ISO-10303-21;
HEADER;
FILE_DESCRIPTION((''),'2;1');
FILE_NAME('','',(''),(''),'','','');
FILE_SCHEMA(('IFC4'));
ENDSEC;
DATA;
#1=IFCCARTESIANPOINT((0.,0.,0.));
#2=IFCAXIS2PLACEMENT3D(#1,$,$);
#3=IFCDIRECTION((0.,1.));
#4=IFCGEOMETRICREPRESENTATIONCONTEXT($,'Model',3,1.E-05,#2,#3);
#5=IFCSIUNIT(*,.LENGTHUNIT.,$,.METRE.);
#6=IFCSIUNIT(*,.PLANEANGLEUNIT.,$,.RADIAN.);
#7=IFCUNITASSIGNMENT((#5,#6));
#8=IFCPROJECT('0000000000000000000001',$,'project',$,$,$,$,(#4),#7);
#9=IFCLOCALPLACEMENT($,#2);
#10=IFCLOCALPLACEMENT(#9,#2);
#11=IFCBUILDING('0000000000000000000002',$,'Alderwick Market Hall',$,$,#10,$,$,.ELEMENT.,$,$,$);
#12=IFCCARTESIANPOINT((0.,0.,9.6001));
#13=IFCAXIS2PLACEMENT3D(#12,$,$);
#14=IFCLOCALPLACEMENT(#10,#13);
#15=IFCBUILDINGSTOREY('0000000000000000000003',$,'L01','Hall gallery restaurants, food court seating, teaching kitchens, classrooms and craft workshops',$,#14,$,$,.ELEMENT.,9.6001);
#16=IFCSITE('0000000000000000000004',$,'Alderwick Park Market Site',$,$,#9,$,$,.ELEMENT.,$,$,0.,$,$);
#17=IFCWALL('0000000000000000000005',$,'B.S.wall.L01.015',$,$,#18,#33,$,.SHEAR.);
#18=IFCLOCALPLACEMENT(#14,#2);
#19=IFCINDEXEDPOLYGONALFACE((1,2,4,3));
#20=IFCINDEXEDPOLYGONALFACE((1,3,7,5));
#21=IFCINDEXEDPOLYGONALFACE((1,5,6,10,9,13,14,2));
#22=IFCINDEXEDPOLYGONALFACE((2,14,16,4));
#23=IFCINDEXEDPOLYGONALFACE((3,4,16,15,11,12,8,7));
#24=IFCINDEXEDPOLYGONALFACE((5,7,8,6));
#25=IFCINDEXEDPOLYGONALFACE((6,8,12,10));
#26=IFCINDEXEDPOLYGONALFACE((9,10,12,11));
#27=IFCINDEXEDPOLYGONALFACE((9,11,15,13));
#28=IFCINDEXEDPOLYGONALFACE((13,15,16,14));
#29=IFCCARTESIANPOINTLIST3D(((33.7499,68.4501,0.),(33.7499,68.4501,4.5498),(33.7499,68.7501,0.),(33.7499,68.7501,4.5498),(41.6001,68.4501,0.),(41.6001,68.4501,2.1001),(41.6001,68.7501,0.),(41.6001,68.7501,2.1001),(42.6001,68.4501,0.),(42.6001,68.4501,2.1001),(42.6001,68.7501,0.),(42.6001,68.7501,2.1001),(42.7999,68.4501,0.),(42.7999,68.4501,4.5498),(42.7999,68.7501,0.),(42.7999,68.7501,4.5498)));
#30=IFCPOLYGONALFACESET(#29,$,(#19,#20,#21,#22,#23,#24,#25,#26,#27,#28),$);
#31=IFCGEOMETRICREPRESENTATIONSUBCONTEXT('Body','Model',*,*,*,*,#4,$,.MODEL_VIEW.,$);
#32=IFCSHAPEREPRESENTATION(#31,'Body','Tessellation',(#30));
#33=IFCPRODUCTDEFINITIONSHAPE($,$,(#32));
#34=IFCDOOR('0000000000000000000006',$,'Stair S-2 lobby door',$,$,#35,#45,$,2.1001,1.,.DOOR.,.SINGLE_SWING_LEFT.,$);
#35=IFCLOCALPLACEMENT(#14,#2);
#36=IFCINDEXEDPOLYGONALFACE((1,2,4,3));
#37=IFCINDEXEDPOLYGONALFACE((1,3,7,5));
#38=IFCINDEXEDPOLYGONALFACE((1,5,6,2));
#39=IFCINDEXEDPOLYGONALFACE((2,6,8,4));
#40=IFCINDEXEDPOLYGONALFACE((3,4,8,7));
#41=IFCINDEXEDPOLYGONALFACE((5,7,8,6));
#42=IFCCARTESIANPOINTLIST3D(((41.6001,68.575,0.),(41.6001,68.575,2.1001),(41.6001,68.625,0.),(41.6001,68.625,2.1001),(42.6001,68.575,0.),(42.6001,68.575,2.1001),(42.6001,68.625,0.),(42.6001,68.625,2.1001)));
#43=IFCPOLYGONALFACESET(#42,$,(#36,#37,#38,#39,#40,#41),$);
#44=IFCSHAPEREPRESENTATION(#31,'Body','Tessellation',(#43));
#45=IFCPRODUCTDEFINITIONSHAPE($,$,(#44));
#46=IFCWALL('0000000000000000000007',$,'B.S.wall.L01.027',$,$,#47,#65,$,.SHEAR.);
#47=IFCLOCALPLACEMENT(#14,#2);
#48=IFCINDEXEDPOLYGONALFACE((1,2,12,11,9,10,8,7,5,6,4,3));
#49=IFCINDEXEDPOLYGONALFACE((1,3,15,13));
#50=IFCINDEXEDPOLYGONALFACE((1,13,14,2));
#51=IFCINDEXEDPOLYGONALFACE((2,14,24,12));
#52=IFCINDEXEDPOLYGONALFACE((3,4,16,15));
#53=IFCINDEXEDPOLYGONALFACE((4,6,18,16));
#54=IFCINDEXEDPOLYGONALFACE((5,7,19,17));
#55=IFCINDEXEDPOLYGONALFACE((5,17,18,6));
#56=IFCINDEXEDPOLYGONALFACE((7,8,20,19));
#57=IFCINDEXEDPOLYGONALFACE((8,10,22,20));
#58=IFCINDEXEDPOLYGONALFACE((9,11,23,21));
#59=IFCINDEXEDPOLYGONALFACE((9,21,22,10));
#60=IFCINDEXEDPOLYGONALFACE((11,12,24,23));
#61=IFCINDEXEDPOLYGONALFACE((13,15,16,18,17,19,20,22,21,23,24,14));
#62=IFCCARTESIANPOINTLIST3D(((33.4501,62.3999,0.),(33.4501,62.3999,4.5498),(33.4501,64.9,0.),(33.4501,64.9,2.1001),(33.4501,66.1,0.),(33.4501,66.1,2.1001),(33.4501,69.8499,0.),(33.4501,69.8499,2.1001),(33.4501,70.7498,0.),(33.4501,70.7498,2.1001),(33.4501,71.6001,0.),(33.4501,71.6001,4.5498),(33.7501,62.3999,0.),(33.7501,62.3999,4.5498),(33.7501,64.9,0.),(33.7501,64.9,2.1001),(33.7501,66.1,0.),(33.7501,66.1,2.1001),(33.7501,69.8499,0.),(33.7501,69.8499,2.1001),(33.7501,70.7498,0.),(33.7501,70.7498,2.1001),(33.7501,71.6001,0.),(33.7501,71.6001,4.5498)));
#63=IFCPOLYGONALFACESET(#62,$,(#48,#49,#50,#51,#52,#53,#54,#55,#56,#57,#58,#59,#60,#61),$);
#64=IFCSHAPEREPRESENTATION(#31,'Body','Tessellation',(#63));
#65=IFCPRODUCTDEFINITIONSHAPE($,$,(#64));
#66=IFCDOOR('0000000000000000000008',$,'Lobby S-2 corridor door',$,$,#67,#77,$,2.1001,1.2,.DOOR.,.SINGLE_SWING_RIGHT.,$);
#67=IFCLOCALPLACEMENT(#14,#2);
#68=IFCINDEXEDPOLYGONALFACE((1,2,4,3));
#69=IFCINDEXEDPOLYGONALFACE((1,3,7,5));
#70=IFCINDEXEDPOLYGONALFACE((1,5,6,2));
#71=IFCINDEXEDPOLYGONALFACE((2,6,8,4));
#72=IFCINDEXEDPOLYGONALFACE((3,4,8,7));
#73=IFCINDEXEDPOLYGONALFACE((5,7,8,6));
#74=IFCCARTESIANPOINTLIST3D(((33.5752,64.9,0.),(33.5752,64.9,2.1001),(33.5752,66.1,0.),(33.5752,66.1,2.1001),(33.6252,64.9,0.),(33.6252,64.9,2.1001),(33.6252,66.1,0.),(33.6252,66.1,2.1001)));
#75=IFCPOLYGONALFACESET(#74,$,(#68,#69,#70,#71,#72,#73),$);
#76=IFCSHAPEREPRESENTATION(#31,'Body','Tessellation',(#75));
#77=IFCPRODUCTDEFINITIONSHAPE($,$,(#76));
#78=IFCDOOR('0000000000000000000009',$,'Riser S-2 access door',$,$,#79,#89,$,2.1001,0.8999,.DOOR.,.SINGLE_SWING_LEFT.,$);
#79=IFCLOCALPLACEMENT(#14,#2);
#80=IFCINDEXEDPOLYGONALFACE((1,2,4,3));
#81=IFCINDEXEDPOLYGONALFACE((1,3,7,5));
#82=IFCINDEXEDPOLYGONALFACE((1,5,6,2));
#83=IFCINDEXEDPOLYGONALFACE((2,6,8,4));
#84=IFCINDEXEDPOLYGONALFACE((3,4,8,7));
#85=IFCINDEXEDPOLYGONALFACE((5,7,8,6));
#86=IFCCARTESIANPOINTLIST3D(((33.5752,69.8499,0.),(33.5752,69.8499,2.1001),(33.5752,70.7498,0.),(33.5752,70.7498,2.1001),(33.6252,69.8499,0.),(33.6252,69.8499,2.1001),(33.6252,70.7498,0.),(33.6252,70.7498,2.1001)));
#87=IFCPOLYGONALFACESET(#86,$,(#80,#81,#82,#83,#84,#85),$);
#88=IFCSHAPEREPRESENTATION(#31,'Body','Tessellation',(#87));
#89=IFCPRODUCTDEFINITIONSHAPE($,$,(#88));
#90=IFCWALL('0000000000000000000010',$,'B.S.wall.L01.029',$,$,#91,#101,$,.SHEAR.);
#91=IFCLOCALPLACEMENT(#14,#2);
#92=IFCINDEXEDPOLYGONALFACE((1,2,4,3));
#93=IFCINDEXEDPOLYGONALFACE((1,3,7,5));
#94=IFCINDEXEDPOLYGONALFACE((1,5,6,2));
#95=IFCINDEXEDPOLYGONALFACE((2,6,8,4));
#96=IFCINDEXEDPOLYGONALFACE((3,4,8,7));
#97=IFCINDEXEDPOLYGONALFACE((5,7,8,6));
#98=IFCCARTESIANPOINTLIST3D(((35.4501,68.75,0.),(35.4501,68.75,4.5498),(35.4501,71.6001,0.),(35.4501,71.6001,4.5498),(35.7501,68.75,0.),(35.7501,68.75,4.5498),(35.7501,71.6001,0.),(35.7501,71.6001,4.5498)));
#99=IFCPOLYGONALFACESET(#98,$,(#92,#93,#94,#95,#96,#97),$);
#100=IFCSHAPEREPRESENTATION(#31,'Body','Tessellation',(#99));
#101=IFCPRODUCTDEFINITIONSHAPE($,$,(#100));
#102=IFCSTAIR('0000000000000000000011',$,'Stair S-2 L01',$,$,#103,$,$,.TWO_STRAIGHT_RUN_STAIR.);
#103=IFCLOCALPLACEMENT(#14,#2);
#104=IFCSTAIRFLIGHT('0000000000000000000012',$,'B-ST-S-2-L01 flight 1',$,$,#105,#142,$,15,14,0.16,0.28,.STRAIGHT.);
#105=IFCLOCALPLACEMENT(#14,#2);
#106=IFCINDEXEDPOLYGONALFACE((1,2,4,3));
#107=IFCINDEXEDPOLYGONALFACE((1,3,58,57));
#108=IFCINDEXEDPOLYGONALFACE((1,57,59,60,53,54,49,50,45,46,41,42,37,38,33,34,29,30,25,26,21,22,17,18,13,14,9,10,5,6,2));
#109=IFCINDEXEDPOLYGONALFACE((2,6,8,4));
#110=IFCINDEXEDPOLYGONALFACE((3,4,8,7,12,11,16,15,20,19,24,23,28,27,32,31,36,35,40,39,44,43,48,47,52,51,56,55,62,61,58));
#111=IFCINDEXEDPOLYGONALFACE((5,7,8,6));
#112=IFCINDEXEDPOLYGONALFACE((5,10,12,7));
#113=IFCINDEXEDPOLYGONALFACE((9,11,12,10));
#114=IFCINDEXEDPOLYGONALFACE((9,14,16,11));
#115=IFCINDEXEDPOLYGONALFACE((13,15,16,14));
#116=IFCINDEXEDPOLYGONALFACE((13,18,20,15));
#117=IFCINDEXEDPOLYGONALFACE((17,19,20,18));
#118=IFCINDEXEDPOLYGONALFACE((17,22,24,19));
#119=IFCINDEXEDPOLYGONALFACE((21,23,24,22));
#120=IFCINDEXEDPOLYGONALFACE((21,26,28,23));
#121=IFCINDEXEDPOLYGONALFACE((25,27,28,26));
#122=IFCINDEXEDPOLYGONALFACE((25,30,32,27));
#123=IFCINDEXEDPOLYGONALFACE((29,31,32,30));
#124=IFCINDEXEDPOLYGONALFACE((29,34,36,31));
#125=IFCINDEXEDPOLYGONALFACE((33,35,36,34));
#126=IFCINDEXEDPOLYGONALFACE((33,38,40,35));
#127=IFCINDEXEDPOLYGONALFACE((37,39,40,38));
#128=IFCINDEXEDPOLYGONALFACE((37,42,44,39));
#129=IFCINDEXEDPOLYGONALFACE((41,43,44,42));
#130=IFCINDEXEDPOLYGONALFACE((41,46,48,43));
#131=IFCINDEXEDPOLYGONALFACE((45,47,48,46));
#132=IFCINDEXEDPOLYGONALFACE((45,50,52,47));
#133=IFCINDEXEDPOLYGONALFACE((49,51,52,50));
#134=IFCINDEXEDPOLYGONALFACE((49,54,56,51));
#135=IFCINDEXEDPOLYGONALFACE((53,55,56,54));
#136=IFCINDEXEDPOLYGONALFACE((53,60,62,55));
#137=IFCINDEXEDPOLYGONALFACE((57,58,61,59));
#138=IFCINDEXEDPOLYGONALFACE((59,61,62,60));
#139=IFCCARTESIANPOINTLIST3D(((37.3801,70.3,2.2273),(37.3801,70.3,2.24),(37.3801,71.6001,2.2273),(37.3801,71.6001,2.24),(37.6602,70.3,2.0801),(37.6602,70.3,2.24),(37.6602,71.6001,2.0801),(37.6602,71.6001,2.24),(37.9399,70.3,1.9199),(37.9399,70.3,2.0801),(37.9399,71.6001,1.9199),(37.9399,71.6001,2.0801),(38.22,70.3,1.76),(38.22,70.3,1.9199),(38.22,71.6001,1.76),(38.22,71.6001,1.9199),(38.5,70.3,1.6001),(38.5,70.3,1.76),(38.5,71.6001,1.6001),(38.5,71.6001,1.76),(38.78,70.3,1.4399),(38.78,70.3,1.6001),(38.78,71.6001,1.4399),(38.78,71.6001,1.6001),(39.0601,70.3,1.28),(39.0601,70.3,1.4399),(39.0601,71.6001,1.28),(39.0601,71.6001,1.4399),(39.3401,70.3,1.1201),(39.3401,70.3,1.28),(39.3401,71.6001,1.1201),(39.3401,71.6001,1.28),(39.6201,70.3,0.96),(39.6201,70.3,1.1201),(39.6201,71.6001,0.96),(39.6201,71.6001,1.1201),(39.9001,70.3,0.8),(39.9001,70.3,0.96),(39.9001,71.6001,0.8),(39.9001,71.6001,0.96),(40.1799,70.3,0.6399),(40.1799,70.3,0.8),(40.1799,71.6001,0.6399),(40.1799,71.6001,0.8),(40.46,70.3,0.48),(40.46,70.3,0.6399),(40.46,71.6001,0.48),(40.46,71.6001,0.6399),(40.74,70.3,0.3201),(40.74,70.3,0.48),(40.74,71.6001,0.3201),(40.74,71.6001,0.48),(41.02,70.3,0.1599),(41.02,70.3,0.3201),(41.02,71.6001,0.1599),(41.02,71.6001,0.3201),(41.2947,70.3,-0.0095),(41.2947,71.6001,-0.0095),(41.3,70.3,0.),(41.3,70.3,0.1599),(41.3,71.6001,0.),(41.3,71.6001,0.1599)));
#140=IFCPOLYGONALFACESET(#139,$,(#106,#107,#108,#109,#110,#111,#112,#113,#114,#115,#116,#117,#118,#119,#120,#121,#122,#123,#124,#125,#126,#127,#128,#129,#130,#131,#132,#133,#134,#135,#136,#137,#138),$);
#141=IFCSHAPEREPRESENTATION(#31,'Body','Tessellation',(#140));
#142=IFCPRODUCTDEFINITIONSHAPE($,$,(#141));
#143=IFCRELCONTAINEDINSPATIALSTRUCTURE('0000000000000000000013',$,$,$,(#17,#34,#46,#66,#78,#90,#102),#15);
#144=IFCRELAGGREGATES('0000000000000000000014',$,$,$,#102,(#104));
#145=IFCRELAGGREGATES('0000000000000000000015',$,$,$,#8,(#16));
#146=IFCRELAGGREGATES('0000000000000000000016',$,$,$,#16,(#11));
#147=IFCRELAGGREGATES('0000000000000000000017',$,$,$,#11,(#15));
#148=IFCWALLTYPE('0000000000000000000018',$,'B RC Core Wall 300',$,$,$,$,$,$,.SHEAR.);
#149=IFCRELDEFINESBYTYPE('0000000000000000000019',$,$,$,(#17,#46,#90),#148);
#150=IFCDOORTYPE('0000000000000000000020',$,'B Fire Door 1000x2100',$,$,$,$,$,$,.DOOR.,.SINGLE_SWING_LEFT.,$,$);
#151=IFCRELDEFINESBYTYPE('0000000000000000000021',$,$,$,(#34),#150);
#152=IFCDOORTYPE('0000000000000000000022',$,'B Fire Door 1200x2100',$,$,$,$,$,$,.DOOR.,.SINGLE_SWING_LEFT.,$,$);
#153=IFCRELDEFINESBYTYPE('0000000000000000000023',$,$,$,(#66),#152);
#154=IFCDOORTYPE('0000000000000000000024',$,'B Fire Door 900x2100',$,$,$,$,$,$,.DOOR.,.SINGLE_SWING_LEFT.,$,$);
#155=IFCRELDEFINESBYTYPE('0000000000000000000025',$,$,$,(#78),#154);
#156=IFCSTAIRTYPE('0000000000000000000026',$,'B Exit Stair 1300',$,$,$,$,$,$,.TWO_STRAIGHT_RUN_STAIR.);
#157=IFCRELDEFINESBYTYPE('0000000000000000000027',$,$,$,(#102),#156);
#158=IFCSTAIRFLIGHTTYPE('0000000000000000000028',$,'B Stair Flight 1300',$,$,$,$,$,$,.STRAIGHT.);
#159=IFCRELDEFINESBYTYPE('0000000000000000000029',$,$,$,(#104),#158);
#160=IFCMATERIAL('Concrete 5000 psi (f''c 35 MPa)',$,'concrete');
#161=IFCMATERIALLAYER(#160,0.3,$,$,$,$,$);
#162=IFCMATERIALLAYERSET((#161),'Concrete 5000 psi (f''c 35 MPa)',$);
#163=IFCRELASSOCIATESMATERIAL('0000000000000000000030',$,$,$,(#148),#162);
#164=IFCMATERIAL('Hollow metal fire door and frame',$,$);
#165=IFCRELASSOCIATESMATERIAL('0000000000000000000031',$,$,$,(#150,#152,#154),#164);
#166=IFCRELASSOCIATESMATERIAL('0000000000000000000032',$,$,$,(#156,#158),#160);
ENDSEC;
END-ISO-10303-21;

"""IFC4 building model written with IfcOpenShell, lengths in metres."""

from ifc_helpers import new_model, si_unit, direction, frame, frame_2d, origin, place, context, subcontext, project, spatial, polyline, rectangle, outline, extrude, material, layer, layer_set, type_object, element, fill, aggregate, save


model = new_model("IFC4")

# Units and contexts
model_context = context("Model", 3, precision=1e-05, world=origin(), true_north=direction((0.0, 1.0)))
body_context = subcontext(model_context, "Body", "Model", "MODEL_VIEW")
ifc_project = project(units=[si_unit("LENGTHUNIT", "METRE"), si_unit("PLANEANGLEUNIT", "RADIAN")], contexts=[model_context])

# Site, building, storey
site_placement = place(None, origin())
site = spatial("IfcSite", under=ifc_project, at=site_placement, Name="Alderwick Park Market Site", CompositionType="ELEMENT", RefElevation=0.0)
building_placement = place(site_placement, origin())
building = spatial("IfcBuilding", under=site, at=building_placement, Name="Alderwick Market Hall", CompositionType="ELEMENT")
storey_placement = place(building_placement, frame((0.0, 0.0, 9.6001)))
storey = spatial("IfcBuildingStorey", under=building, at=storey_placement, Name="L01", Description="Hall gallery restaurants, food court seating, teaching kitchens, classrooms and craft workshops", CompositionType="ELEMENT", Elevation=9.6001)

# Shared definitions
ifc_material_1 = material(Name="Concrete 5000 psi (f'c 35 MPa)", Category="concrete")

# Shared definitions
ifc_layer_1 = layer(ifc_material_1, 0.3)
ifc_layer_set_1 = layer_set([ifc_layer_1], Name="Concrete 5000 psi (f'c 35 MPa)")
wall_type_1 = type_object("IfcWallType", Name="B RC Core Wall 300", PredefinedType="SHEAR", material=ifc_layer_set_1)

# Wall, opening, door
wall_1_placement = place(storey_placement, frame((33.75, 68.6001, 0.0), z_axis=(0.0, 0.0, 1.0), x_axis=(1.0, 0.0, 0.0)))
wall_1 = element("IfcWall", 1, at=wall_1_placement, inside=storey, type_object=wall_type_1, Name="B.S.wall.L01.015", PredefinedType="SHEAR", context=body_context, shape_type="SweptSolid", body=[
    extrude(rectangle(XDim=9.05, YDim=0.3, at=frame_2d((4.5249, 0.0))), origin(), (0.0, 0.0, 1.0), 4.5498),
])
opening_1_placement = place(wall_1_placement, frame((7.8501, 0.0, 0.0)))
opening_1 = element("IfcOpeningElement", 2, at=opening_1_placement, cuts=wall_1, PredefinedType="OPENING", context=body_context, shape_type="SweptSolid", body=[
    extrude(rectangle(XDim=1.0, YDim=2.1001, at=frame_2d((0.5, 1.05))), frame((0.0, 0.1599, 0.0), z_axis=(0.0, -1.0, 0.0), x_axis=(1.0, 0.0, 0.0)), (0.0, 0.0, 1.0), 0.3201),
])
ifc_material_2 = material(Name="Hollow metal fire door and frame")
door_type_1 = type_object("IfcDoorType", Name="B Fire Door 1000x2100", OperationType="SINGLE_SWING_LEFT", PredefinedType="DOOR", material=ifc_material_2)
door_1_placement = place(opening_1_placement, origin())
door_1 = element("IfcDoor", 3, at=door_1_placement, inside=storey, type_object=door_type_1, Name="Stair S-2 lobby door", OperationType="SINGLE_SWING_LEFT", OverallHeight=2.1001, OverallWidth=1.0, PredefinedType="DOOR", context=body_context, shape_type="SweptSolid", body=[
    extrude(rectangle(XDim=1.0, YDim=2.1001, at=frame_2d((0.5, 1.05))), frame((0.0, 0.0249, 0.0), z_axis=(0.0, -1.0, 0.0), x_axis=(1.0, 0.0, 0.0)), (0.0, 0.0, 1.0), 0.05),
])
fill(opening_1, door_1)

# Wall, openings, doors
wall_2_placement = place(storey_placement, frame((33.6001, 62.3999, 0.0), z_axis=(0.0, 0.0, 1.0), x_axis=(0.0, 1.0, 0.0)))
wall_2 = element("IfcWall", 4, at=wall_2_placement, inside=storey, type_object=wall_type_1, Name="B.S.wall.L01.027", PredefinedType="SHEAR", context=body_context, shape_type="SweptSolid", body=[
    extrude(rectangle(XDim=9.2002, YDim=0.3, at=frame_2d((4.6001, 0.0))), origin(), (0.0, 0.0, 1.0), 4.5498),
])
opening_2_placement = place(wall_2_placement, frame((2.5, 0.0, 0.0)))
opening_2 = element("IfcOpeningElement", 5, at=opening_2_placement, cuts=wall_2, PredefinedType="OPENING", context=body_context, shape_type="SweptSolid", body=[
    extrude(rectangle(XDim=1.2, YDim=2.1001, at=frame_2d((0.6001, 1.05))), frame((0.0, 0.1599, 0.0), z_axis=(0.0, -1.0, 0.0), x_axis=(1.0, 0.0, 0.0)), (0.0, 0.0, 1.0), 0.3201),
])
opening_3_placement = place(wall_2_placement, frame((7.45, 0.0, 0.0)))
opening_3 = element("IfcOpeningElement", 6, at=opening_3_placement, cuts=wall_2, PredefinedType="OPENING", context=body_context, shape_type="SweptSolid", body=[
    extrude(rectangle(XDim=0.8999, YDim=2.1001, at=frame_2d((0.45, 1.05))), frame((0.0, 0.1599, 0.0), z_axis=(0.0, -1.0, 0.0), x_axis=(1.0, 0.0, 0.0)), (0.0, 0.0, 1.0), 0.3201),
])
door_type_2 = type_object("IfcDoorType", Name="B Fire Door 1200x2100", OperationType="SINGLE_SWING_LEFT", PredefinedType="DOOR", material=ifc_material_2)
door_2_placement = place(opening_2_placement, origin())
door_2 = element("IfcDoor", 7, at=door_2_placement, inside=storey, type_object=door_type_2, Name="Lobby S-2 corridor door", OperationType="SINGLE_SWING_RIGHT", OverallHeight=2.1001, OverallWidth=1.2, PredefinedType="DOOR", context=body_context, shape_type="SweptSolid", body=[
    extrude(rectangle(XDim=1.2, YDim=2.1001, at=frame_2d((0.6001, 1.05))), frame((0.0, 0.0249, 0.0), z_axis=(0.0, -1.0, 0.0), x_axis=(1.0, 0.0, 0.0)), (0.0, 0.0, 1.0), 0.05),
])
fill(opening_2, door_2)
door_type_3 = type_object("IfcDoorType", Name="B Fire Door 900x2100", OperationType="SINGLE_SWING_LEFT", PredefinedType="DOOR", material=ifc_material_2)
door_3_placement = place(opening_3_placement, origin())
door_3 = element("IfcDoor", 8, at=door_3_placement, inside=storey, type_object=door_type_3, Name="Riser S-2 access door", OperationType="SINGLE_SWING_LEFT", OverallHeight=2.1001, OverallWidth=0.8999, PredefinedType="DOOR", context=body_context, shape_type="SweptSolid", body=[
    extrude(rectangle(XDim=0.8999, YDim=2.1001, at=frame_2d((0.45, 1.05))), frame((0.0, 0.0249, 0.0), z_axis=(0.0, -1.0, 0.0), x_axis=(1.0, 0.0, 0.0)), (0.0, 0.0, 1.0), 0.05),
])
fill(opening_3, door_3)

# Wall
wall_3_placement = place(storey_placement, frame((35.6001, 68.75, 0.0), z_axis=(0.0, 0.0, 1.0), x_axis=(0.0, 1.0, 0.0)))
element("IfcWall", 9, at=wall_3_placement, inside=storey, type_object=wall_type_1, Name="B.S.wall.L01.029", PredefinedType="SHEAR", context=body_context, shape_type="SweptSolid", body=[
    extrude(rectangle(XDim=2.8501, YDim=0.3, at=frame_2d((1.425, 0.0))), origin(), (0.0, 0.0, 1.0), 4.5498),
])

# Stair, stair flight
stair_type = type_object("IfcStairType", Name="B Exit Stair 1300", PredefinedType="TWO_STRAIGHT_RUN_STAIR", material=ifc_material_1)
stair_placement = place(storey_placement, origin())
stair = element("IfcStair", 10, at=stair_placement, inside=storey, type_object=stair_type, Name="Stair S-2 L01", PredefinedType="TWO_STRAIGHT_RUN_STAIR")
stair_flight_type = type_object("IfcStairFlightType", Name="B Stair Flight 1300", PredefinedType="STRAIGHT", material=ifc_material_1)
stair_flight_1_placement = place(storey_placement, frame((41.3, 70.95, 0.0), z_axis=(0.0, 0.0, 1.0), x_axis=(-1.0, 0.0, 0.0)))
stair_flight_1 = element("IfcStairFlight", 11, at=stair_flight_1_placement, type_object=stair_flight_type, Name="B-ST-S-2-L01 flight 1", NumberOfRisers=15, NumberOfTreads=14, PredefinedType="STRAIGHT", RiserHeight=0.16, TreadLength=0.28, context=body_context, shape_type="SweptSolid", body=[
    extrude(outline(polyline([(0.0054, -0.0095), (0.0, 0.0), (0.0, 0.1599), (0.28, 0.1599), (0.28, 0.3201), (0.5601, 0.3201), (0.5601, 0.48), (0.8401, 0.48), (0.8401, 0.6399), (1.1201, 0.6399), (1.1201, 0.8), (1.3999, 0.8), (1.3999, 0.96), (1.6799, 0.96), (1.6799, 1.1201), (1.96, 1.1201), (1.96, 1.28), (2.24, 1.28), (2.24, 1.4399), (2.52, 1.4399), (2.52, 1.6001), (2.8, 1.6001), (2.8, 1.76), (3.0801, 1.76), (3.0801, 1.9199), (3.3601, 1.9199), (3.3601, 2.0801), (3.6399, 2.0801), (3.6399, 2.24), (3.9199, 2.24), (3.9199, 2.2273), (0.0054, -0.0095)])), frame((0.0, 0.6499, 0.0), z_axis=(0.0, -1.0, 0.0), x_axis=(1.0, 0.0, 0.0)), (0.0, 0.0, 1.0), 1.3),
])
aggregate(stair, [stair_flight_1])

save(model, "model.ifc")
